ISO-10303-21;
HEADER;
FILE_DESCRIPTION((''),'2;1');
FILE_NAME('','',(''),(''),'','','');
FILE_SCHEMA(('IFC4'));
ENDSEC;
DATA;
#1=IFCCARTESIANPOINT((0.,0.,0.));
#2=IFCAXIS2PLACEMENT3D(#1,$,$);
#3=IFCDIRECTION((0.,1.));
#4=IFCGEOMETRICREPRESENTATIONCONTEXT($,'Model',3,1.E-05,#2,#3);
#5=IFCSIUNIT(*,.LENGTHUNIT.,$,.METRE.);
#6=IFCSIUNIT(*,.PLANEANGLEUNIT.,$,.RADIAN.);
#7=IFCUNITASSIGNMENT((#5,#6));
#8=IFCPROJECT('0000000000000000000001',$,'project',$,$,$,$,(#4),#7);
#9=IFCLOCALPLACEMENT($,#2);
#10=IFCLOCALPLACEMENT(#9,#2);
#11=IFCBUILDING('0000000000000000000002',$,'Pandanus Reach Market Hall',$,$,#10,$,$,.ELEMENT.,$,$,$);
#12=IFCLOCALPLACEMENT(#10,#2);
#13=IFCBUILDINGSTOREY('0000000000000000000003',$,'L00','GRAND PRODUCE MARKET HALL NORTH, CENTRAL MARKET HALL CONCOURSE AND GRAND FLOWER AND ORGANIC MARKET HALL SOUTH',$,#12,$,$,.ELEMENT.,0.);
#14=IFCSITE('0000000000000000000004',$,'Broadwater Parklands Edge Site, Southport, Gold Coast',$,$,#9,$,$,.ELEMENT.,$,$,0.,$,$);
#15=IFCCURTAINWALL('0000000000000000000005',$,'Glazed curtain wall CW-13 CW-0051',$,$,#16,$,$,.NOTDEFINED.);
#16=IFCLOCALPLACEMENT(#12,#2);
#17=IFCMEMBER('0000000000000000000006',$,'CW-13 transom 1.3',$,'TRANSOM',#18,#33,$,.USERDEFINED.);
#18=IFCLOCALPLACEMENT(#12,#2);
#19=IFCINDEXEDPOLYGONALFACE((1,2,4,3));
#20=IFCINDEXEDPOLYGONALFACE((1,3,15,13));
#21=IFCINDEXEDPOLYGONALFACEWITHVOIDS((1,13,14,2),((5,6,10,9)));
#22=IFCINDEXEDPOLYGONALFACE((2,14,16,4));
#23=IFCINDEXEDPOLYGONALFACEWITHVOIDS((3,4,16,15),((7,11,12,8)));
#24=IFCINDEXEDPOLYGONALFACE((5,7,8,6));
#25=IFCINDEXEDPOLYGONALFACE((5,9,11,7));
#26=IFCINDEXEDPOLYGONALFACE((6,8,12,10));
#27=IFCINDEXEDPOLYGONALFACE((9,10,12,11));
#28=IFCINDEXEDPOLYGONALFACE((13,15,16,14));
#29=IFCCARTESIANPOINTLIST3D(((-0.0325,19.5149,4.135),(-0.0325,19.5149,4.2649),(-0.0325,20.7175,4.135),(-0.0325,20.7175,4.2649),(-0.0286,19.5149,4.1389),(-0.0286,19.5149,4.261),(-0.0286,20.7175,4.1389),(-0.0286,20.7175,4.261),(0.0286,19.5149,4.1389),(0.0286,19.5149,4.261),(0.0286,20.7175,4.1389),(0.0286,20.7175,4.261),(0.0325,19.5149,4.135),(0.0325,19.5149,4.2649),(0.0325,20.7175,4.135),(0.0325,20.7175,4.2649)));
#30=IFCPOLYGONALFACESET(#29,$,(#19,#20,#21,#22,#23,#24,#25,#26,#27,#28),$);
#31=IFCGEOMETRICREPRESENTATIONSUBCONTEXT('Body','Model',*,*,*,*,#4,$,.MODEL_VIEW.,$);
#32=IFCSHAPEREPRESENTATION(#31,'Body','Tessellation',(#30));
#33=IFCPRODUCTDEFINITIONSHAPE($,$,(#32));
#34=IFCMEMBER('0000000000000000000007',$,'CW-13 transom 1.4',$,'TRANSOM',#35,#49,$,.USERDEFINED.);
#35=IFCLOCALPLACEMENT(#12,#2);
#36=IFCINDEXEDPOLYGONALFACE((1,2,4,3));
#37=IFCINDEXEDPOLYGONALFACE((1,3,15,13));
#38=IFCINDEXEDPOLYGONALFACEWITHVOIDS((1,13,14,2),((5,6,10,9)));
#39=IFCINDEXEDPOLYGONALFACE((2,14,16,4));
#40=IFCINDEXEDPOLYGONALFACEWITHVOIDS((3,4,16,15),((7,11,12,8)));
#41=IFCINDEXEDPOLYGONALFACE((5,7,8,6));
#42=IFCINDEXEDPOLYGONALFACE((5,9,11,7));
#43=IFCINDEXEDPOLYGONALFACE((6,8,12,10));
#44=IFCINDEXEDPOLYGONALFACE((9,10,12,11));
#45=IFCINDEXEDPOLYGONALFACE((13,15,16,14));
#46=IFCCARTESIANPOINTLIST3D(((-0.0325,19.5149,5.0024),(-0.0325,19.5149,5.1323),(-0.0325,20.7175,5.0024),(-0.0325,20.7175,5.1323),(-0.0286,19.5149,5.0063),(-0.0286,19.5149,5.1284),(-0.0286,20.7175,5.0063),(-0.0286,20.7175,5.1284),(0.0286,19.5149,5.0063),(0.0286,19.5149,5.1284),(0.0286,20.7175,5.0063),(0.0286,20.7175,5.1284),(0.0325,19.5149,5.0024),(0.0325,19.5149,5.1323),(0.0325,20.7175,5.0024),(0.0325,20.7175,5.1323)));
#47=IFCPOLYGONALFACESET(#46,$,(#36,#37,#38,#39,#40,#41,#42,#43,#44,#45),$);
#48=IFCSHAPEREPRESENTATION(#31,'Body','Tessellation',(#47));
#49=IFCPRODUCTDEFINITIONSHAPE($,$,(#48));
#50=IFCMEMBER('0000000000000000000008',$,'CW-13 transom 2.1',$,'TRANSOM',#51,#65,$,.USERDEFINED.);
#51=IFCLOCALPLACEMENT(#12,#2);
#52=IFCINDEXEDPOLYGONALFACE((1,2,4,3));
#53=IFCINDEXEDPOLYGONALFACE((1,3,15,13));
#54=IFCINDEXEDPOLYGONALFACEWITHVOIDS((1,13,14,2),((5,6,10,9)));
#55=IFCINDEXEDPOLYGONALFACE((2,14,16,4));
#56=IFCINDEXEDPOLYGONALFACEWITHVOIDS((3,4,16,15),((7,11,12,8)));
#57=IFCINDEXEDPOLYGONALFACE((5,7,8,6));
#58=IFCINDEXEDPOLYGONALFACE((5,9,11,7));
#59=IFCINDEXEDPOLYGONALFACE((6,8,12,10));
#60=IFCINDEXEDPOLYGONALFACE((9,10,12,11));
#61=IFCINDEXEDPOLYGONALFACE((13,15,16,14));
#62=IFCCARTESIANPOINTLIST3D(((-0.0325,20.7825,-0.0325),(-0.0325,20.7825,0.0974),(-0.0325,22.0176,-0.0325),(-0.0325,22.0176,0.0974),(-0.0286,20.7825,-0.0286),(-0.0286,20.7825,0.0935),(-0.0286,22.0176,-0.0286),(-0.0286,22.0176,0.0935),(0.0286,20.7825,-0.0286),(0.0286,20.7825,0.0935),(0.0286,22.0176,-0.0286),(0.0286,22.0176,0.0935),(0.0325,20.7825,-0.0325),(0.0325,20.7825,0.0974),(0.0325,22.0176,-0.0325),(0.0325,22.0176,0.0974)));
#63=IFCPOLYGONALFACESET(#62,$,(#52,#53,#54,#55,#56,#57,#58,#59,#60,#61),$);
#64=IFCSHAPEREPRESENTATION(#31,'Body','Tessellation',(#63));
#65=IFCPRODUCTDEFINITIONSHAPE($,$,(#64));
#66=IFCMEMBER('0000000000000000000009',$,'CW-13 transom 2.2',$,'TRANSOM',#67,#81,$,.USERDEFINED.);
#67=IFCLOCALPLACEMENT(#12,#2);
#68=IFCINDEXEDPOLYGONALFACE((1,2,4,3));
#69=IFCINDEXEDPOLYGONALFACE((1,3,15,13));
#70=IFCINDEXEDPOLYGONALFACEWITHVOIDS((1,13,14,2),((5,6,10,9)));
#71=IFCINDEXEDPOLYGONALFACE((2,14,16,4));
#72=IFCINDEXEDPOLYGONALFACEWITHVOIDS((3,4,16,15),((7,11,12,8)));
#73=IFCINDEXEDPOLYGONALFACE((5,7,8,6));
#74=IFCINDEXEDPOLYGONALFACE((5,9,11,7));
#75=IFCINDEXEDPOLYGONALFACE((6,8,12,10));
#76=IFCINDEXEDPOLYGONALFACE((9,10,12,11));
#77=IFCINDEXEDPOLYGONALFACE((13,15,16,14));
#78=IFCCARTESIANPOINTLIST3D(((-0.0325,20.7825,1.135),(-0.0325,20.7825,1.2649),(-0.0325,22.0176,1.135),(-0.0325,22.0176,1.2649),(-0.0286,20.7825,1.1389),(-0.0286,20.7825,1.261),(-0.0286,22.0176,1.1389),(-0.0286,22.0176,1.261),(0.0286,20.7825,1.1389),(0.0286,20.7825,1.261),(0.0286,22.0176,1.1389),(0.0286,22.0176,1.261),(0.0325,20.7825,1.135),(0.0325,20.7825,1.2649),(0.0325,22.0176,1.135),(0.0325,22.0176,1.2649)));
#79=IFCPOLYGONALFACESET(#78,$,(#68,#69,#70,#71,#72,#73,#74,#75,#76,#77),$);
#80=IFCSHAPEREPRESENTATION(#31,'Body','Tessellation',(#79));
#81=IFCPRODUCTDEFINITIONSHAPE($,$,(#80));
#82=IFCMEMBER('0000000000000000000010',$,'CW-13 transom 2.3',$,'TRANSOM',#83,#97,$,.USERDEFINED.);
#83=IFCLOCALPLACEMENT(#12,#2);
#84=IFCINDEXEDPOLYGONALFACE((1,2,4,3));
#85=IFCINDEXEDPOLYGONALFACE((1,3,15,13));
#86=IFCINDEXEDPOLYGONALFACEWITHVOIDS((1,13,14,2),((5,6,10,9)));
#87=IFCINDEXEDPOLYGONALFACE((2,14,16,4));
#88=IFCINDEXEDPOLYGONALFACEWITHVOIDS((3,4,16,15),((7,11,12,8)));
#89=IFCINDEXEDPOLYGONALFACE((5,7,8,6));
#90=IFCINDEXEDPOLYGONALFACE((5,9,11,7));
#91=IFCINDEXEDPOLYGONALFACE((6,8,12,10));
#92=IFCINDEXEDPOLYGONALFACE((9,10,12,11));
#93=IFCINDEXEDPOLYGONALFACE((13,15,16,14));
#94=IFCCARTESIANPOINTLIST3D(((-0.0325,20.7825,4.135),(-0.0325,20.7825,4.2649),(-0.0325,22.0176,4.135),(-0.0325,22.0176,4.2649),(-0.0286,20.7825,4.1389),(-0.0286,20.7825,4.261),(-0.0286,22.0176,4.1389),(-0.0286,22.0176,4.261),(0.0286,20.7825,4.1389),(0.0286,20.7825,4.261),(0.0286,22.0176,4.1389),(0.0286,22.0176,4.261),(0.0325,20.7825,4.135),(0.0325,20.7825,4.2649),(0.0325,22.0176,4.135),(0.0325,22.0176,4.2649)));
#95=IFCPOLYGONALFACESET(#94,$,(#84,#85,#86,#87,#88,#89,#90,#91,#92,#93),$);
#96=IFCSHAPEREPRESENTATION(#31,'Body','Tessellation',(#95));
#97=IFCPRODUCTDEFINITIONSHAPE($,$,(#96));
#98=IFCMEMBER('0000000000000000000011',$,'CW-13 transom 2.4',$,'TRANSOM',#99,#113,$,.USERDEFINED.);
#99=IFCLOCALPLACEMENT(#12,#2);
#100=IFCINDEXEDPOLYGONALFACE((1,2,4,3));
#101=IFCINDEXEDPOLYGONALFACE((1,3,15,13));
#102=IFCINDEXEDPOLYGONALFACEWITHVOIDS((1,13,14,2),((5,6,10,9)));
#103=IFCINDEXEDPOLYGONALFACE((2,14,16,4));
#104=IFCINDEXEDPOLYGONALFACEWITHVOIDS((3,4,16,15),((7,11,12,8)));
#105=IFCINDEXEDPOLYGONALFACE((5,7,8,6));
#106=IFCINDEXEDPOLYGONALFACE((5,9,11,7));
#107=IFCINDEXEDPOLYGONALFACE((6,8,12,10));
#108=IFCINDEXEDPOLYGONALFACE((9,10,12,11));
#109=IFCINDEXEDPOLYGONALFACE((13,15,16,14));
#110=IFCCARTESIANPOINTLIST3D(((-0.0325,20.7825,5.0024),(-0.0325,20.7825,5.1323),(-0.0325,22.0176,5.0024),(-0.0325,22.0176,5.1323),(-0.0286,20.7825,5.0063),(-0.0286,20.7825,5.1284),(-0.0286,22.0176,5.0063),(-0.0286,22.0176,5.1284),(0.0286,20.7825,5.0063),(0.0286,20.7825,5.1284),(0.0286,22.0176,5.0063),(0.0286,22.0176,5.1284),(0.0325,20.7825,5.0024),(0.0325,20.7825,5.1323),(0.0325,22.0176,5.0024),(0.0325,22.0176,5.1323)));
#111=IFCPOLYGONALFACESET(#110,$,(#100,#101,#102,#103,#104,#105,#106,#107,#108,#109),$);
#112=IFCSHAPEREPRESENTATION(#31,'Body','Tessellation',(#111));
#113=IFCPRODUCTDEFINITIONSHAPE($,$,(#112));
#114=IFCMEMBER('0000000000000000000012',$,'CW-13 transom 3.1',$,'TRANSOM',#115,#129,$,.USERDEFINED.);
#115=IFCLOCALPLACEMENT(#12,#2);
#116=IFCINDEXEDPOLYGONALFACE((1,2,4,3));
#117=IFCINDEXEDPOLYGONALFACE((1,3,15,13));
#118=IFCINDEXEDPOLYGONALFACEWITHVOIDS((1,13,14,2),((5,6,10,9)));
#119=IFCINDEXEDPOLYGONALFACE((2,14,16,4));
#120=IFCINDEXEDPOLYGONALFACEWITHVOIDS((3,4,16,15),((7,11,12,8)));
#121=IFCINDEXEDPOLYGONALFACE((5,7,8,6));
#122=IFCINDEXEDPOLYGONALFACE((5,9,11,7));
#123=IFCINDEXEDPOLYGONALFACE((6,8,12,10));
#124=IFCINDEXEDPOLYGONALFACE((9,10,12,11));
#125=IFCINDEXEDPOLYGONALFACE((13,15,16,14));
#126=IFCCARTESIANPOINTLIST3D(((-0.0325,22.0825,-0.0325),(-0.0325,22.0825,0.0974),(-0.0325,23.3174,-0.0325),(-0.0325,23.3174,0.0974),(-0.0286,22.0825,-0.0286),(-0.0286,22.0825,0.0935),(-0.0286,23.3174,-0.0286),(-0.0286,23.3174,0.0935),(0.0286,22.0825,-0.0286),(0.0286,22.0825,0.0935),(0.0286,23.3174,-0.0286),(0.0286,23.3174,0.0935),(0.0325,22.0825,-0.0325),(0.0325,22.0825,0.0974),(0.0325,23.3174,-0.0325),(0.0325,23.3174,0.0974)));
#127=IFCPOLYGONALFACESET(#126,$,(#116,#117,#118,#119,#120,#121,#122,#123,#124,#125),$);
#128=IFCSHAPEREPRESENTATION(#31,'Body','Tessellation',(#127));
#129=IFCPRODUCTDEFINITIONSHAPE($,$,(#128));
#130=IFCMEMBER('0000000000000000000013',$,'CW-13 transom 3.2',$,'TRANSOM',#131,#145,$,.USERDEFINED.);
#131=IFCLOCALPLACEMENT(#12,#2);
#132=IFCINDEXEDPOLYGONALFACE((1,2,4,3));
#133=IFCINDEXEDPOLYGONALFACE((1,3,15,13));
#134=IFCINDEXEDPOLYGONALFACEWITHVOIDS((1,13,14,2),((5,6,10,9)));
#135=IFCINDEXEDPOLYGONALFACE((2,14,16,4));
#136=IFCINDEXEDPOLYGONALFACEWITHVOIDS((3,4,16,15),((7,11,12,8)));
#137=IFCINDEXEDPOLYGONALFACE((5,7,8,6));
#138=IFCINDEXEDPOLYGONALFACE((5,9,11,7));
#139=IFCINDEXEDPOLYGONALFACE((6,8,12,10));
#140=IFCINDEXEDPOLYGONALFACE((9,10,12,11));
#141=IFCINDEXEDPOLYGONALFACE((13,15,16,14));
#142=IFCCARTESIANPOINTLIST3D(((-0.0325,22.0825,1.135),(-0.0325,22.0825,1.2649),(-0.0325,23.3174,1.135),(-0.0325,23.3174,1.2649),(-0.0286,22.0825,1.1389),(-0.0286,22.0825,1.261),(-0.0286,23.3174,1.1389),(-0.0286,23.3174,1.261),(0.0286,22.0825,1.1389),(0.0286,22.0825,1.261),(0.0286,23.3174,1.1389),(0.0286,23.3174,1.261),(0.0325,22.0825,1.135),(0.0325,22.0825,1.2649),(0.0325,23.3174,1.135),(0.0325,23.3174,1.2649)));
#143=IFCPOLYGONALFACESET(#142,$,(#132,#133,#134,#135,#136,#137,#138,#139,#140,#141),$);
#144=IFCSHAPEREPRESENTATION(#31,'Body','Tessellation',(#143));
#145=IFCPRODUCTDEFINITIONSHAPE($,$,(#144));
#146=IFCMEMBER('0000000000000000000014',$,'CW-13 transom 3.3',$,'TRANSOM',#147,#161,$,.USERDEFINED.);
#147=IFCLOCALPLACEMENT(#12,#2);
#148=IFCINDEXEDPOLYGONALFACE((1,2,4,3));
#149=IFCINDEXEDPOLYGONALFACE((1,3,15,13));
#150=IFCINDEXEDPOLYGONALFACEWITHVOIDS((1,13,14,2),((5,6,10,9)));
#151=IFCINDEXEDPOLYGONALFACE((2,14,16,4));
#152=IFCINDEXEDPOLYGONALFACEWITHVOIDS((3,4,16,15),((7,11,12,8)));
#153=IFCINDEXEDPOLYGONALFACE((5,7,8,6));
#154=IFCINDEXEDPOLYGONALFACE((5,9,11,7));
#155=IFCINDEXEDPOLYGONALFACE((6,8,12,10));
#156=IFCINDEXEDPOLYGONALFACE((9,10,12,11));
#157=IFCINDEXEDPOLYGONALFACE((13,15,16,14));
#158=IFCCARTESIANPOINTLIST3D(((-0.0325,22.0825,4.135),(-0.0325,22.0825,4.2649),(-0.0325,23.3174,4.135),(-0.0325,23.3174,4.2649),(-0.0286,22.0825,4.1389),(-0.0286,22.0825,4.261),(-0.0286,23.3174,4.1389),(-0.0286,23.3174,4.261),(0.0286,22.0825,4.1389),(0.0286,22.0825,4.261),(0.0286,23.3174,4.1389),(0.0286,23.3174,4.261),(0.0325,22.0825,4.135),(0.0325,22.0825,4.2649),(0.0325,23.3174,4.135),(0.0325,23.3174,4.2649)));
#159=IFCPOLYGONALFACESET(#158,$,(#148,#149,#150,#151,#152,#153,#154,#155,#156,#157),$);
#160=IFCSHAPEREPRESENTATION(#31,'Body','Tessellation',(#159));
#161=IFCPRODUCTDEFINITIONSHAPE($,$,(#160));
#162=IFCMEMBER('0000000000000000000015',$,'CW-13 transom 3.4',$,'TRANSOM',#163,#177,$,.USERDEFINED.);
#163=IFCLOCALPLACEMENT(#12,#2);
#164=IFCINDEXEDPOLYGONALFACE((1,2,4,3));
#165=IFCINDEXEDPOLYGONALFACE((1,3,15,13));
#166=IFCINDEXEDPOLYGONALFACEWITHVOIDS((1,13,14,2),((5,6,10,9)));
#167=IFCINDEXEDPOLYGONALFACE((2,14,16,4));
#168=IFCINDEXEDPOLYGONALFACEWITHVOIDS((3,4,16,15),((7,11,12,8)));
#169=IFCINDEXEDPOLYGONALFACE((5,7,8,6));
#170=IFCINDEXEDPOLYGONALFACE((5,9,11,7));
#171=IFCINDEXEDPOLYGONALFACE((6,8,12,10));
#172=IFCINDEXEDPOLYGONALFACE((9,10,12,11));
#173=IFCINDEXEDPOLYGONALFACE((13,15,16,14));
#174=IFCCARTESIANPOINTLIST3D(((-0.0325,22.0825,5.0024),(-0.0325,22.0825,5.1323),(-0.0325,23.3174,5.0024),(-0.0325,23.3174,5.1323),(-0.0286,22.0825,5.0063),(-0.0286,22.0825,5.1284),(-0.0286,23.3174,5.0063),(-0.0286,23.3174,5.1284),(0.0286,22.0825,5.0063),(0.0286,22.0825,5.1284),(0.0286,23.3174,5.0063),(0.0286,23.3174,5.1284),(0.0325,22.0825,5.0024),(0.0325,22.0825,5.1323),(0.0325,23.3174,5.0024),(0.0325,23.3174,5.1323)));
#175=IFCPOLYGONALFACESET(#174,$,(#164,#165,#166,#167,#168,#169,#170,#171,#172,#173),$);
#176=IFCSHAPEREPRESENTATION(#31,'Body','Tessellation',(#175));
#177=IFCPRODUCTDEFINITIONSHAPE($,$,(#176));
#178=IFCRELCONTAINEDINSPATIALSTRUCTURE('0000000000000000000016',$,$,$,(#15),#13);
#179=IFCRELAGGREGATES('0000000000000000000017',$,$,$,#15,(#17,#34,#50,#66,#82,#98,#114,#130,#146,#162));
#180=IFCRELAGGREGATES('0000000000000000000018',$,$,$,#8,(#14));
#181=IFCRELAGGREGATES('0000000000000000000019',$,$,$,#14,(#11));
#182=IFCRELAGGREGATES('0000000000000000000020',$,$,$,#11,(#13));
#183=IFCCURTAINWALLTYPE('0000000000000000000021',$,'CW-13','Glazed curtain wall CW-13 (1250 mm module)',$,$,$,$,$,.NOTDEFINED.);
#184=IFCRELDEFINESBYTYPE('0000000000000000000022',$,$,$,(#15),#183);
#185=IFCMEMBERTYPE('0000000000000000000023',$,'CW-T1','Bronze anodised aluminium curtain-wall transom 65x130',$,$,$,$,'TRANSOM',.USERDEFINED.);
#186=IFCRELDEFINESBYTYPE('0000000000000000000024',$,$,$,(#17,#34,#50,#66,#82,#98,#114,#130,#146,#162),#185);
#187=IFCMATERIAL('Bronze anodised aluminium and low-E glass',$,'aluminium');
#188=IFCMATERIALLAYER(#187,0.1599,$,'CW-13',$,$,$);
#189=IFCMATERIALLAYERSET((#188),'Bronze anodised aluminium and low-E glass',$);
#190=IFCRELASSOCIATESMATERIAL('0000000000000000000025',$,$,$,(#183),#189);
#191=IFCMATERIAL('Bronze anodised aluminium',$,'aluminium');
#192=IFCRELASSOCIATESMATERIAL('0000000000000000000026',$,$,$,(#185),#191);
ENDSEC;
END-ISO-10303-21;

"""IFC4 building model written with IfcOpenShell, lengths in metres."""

from ifc_helpers import new_model, si_unit, direction, frame, origin, origin_2d, place, context, subcontext, project, spatial, hollow_rectangle, extrude, material, layer, layer_set, material_profile, profile_set, type_object, element, aggregate, save


model = new_model("IFC4")

# Units and contexts
model_context = context("Model", 3, precision=1e-05, world=origin(), true_north=direction((0.0, 1.0)))
body_context = subcontext(model_context, "Body", "Model", "MODEL_VIEW")
ifc_project = project(units=[si_unit("LENGTHUNIT", "METRE"), si_unit("PLANEANGLEUNIT", "RADIAN")], contexts=[model_context])

# Site, building, storey
site_placement = place(None, origin())
site = spatial("IfcSite", under=ifc_project, at=site_placement, Name="Broadwater Parklands Edge Site, Southport, Gold Coast", CompositionType="ELEMENT", RefElevation=0.0)
building_placement = place(site_placement, origin())
building = spatial("IfcBuilding", under=site, at=building_placement, Name="Pandanus Reach Market Hall", CompositionType="ELEMENT")
storey_placement = place(building_placement, origin())
storey = spatial("IfcBuildingStorey", under=building, at=storey_placement, Name="L00", Description="GRAND PRODUCE MARKET HALL NORTH, CENTRAL MARKET HALL CONCOURSE AND GRAND FLOWER AND ORGANIC MARKET HALL SOUTH", CompositionType="ELEMENT", Elevation=0.0)

# Curtain wall, members
ifc_material_1 = material(Name="Bronze anodised aluminium and low-E glass", Category="aluminium")
ifc_layer_1 = layer(ifc_material_1, 0.1599, Name="CW-13")
ifc_layer_set_1 = layer_set([ifc_layer_1], Name="Bronze anodised aluminium and low-E glass")
curtain_wall_type = type_object("IfcCurtainWallType", Name="CW-13", Description="Glazed curtain wall CW-13 (1250 mm module)", PredefinedType="NOTDEFINED", material=ifc_layer_set_1)
curtain_wall_placement = place(storey_placement, origin())
curtain_wall = element("IfcCurtainWall", 1, at=curtain_wall_placement, inside=storey, type_object=curtain_wall_type, Name="Glazed curtain wall CW-13 CW-0051", PredefinedType="NOTDEFINED")
ifc_material_2 = material(Name="Bronze anodised aluminium", Category="aluminium")
ifc_material_profile_1 = material_profile(ifc_material_2, hollow_rectangle(XDim=0.0649, YDim=0.1299, WallThickness=0.0039, at=origin_2d()), Name="ALU65x130", Category="LoadBearing")
ifc_profile_set_1 = profile_set([ifc_material_profile_1], Name="Bronze anodised aluminium")
member_type_1 = type_object("IfcMemberType", Name="CW-T1", Description="Bronze anodised aluminium curtain-wall transom 65x130", ElementType="TRANSOM", PredefinedType="USERDEFINED", material=ifc_profile_set_1)
member_1_placement = place(storey_placement, frame((0.0, 19.5149, 4.2), z_axis=(0.0, 1.0, 0.0), x_axis=(-1.0, 0.0, 0.0)))
member_1 = element("IfcMember", 2, at=member_1_placement, type_object=member_type_1, Name="CW-13 transom 1.3", ObjectType="TRANSOM", PredefinedType="USERDEFINED", context=body_context, shape_type="SweptSolid", body=[
    extrude(hollow_rectangle(XDim=0.0649, YDim=0.1299, WallThickness=0.0039, at=origin_2d()), origin(), (0.0, 0.0, 1.0), 1.2026),
])
member_2_placement = place(storey_placement, frame((0.0, 19.5149, 5.0674), z_axis=(0.0, 1.0, 0.0), x_axis=(-1.0, 0.0, 0.0)))
member_2 = element("IfcMember", 3, at=member_2_placement, type_object=member_type_1, Name="CW-13 transom 1.4", ObjectType="TRANSOM", PredefinedType="USERDEFINED", context=body_context, shape_type="SweptSolid", body=[
    extrude(hollow_rectangle(XDim=0.0649, YDim=0.1299, WallThickness=0.0039, at=origin_2d()), origin(), (0.0, 0.0, 1.0), 1.2026),
])
member_3_placement = place(storey_placement, frame((0.0, 20.7825, 0.0325), z_axis=(0.0, 1.0, 0.0), x_axis=(-1.0, 0.0, 0.0)))
member_3 = element("IfcMember", 4, at=member_3_placement, type_object=member_type_1, Name="CW-13 transom 2.1", ObjectType="TRANSOM", PredefinedType="USERDEFINED", context=body_context, shape_type="SweptSolid", body=[
    extrude(hollow_rectangle(XDim=0.0649, YDim=0.1299, WallThickness=0.0039, at=origin_2d()), origin(), (0.0, 0.0, 1.0), 1.2351),
])
member_4_placement = place(storey_placement, frame((0.0, 20.7825, 1.2), z_axis=(0.0, 1.0, 0.0), x_axis=(-1.0, 0.0, 0.0)))
member_4 = element("IfcMember", 5, at=member_4_placement, type_object=member_type_1, Name="CW-13 transom 2.2", ObjectType="TRANSOM", PredefinedType="USERDEFINED", context=body_context, shape_type="SweptSolid", body=[
    extrude(hollow_rectangle(XDim=0.0649, YDim=0.1299, WallThickness=0.0039, at=origin_2d()), origin(), (0.0, 0.0, 1.0), 1.2351),
])
member_5_placement = place(storey_placement, frame((0.0, 20.7825, 4.2), z_axis=(0.0, 1.0, 0.0), x_axis=(-1.0, 0.0, 0.0)))
member_5 = element("IfcMember", 6, at=member_5_placement, type_object=member_type_1, Name="CW-13 transom 2.3", ObjectType="TRANSOM", PredefinedType="USERDEFINED", context=body_context, shape_type="SweptSolid", body=[
    extrude(hollow_rectangle(XDim=0.0649, YDim=0.1299, WallThickness=0.0039, at=origin_2d()), origin(), (0.0, 0.0, 1.0), 1.2351),
])
member_6_placement = place(storey_placement, frame((0.0, 20.7825, 5.0674), z_axis=(0.0, 1.0, 0.0), x_axis=(-1.0, 0.0, 0.0)))
member_6 = element("IfcMember", 7, at=member_6_placement, type_object=member_type_1, Name="CW-13 transom 2.4", ObjectType="TRANSOM", PredefinedType="USERDEFINED", context=body_context, shape_type="SweptSolid", body=[
    extrude(hollow_rectangle(XDim=0.0649, YDim=0.1299, WallThickness=0.0039, at=origin_2d()), origin(), (0.0, 0.0, 1.0), 1.2351),
])
member_7_placement = place(storey_placement, frame((0.0, 22.0825, 0.0325), z_axis=(0.0, 1.0, 0.0), x_axis=(-1.0, 0.0, 0.0)))
member_7 = element("IfcMember", 8, at=member_7_placement, type_object=member_type_1, Name="CW-13 transom 3.1", ObjectType="TRANSOM", PredefinedType="USERDEFINED", context=body_context, shape_type="SweptSolid", body=[
    extrude(hollow_rectangle(XDim=0.0649, YDim=0.1299, WallThickness=0.0039, at=origin_2d()), origin(), (0.0, 0.0, 1.0), 1.2349),
])
member_8_placement = place(storey_placement, frame((0.0, 22.0825, 1.2), z_axis=(0.0, 1.0, 0.0), x_axis=(-1.0, 0.0, 0.0)))
member_8 = element("IfcMember", 9, at=member_8_placement, type_object=member_type_1, Name="CW-13 transom 3.2", ObjectType="TRANSOM", PredefinedType="USERDEFINED", context=body_context, shape_type="SweptSolid", body=[
    extrude(hollow_rectangle(XDim=0.0649, YDim=0.1299, WallThickness=0.0039, at=origin_2d()), origin(), (0.0, 0.0, 1.0), 1.2349),
])
member_9_placement = place(storey_placement, frame((0.0, 22.0825, 4.2), z_axis=(0.0, 1.0, 0.0), x_axis=(-1.0, 0.0, 0.0)))
member_9 = element("IfcMember", 10, at=member_9_placement, type_object=member_type_1, Name="CW-13 transom 3.3", ObjectType="TRANSOM", PredefinedType="USERDEFINED", context=body_context, shape_type="SweptSolid", body=[
    extrude(hollow_rectangle(XDim=0.0649, YDim=0.1299, WallThickness=0.0039, at=origin_2d()), origin(), (0.0, 0.0, 1.0), 1.2349),
])
member_10_placement = place(storey_placement, frame((0.0, 22.0825, 5.0674), z_axis=(0.0, 1.0, 0.0), x_axis=(-1.0, 0.0, 0.0)))
member_10 = element("IfcMember", 11, at=member_10_placement, type_object=member_type_1, Name="CW-13 transom 3.4", ObjectType="TRANSOM", PredefinedType="USERDEFINED", context=body_context, shape_type="SweptSolid", body=[
    extrude(hollow_rectangle(XDim=0.0649, YDim=0.1299, WallThickness=0.0039, at=origin_2d()), origin(), (0.0, 0.0, 1.0), 1.2349),
])

aggregate(curtain_wall, [member_1, member_2, member_3, member_4, member_5, member_6, member_7, member_8, member_9, member_10])

save(model, "model.ifc")
